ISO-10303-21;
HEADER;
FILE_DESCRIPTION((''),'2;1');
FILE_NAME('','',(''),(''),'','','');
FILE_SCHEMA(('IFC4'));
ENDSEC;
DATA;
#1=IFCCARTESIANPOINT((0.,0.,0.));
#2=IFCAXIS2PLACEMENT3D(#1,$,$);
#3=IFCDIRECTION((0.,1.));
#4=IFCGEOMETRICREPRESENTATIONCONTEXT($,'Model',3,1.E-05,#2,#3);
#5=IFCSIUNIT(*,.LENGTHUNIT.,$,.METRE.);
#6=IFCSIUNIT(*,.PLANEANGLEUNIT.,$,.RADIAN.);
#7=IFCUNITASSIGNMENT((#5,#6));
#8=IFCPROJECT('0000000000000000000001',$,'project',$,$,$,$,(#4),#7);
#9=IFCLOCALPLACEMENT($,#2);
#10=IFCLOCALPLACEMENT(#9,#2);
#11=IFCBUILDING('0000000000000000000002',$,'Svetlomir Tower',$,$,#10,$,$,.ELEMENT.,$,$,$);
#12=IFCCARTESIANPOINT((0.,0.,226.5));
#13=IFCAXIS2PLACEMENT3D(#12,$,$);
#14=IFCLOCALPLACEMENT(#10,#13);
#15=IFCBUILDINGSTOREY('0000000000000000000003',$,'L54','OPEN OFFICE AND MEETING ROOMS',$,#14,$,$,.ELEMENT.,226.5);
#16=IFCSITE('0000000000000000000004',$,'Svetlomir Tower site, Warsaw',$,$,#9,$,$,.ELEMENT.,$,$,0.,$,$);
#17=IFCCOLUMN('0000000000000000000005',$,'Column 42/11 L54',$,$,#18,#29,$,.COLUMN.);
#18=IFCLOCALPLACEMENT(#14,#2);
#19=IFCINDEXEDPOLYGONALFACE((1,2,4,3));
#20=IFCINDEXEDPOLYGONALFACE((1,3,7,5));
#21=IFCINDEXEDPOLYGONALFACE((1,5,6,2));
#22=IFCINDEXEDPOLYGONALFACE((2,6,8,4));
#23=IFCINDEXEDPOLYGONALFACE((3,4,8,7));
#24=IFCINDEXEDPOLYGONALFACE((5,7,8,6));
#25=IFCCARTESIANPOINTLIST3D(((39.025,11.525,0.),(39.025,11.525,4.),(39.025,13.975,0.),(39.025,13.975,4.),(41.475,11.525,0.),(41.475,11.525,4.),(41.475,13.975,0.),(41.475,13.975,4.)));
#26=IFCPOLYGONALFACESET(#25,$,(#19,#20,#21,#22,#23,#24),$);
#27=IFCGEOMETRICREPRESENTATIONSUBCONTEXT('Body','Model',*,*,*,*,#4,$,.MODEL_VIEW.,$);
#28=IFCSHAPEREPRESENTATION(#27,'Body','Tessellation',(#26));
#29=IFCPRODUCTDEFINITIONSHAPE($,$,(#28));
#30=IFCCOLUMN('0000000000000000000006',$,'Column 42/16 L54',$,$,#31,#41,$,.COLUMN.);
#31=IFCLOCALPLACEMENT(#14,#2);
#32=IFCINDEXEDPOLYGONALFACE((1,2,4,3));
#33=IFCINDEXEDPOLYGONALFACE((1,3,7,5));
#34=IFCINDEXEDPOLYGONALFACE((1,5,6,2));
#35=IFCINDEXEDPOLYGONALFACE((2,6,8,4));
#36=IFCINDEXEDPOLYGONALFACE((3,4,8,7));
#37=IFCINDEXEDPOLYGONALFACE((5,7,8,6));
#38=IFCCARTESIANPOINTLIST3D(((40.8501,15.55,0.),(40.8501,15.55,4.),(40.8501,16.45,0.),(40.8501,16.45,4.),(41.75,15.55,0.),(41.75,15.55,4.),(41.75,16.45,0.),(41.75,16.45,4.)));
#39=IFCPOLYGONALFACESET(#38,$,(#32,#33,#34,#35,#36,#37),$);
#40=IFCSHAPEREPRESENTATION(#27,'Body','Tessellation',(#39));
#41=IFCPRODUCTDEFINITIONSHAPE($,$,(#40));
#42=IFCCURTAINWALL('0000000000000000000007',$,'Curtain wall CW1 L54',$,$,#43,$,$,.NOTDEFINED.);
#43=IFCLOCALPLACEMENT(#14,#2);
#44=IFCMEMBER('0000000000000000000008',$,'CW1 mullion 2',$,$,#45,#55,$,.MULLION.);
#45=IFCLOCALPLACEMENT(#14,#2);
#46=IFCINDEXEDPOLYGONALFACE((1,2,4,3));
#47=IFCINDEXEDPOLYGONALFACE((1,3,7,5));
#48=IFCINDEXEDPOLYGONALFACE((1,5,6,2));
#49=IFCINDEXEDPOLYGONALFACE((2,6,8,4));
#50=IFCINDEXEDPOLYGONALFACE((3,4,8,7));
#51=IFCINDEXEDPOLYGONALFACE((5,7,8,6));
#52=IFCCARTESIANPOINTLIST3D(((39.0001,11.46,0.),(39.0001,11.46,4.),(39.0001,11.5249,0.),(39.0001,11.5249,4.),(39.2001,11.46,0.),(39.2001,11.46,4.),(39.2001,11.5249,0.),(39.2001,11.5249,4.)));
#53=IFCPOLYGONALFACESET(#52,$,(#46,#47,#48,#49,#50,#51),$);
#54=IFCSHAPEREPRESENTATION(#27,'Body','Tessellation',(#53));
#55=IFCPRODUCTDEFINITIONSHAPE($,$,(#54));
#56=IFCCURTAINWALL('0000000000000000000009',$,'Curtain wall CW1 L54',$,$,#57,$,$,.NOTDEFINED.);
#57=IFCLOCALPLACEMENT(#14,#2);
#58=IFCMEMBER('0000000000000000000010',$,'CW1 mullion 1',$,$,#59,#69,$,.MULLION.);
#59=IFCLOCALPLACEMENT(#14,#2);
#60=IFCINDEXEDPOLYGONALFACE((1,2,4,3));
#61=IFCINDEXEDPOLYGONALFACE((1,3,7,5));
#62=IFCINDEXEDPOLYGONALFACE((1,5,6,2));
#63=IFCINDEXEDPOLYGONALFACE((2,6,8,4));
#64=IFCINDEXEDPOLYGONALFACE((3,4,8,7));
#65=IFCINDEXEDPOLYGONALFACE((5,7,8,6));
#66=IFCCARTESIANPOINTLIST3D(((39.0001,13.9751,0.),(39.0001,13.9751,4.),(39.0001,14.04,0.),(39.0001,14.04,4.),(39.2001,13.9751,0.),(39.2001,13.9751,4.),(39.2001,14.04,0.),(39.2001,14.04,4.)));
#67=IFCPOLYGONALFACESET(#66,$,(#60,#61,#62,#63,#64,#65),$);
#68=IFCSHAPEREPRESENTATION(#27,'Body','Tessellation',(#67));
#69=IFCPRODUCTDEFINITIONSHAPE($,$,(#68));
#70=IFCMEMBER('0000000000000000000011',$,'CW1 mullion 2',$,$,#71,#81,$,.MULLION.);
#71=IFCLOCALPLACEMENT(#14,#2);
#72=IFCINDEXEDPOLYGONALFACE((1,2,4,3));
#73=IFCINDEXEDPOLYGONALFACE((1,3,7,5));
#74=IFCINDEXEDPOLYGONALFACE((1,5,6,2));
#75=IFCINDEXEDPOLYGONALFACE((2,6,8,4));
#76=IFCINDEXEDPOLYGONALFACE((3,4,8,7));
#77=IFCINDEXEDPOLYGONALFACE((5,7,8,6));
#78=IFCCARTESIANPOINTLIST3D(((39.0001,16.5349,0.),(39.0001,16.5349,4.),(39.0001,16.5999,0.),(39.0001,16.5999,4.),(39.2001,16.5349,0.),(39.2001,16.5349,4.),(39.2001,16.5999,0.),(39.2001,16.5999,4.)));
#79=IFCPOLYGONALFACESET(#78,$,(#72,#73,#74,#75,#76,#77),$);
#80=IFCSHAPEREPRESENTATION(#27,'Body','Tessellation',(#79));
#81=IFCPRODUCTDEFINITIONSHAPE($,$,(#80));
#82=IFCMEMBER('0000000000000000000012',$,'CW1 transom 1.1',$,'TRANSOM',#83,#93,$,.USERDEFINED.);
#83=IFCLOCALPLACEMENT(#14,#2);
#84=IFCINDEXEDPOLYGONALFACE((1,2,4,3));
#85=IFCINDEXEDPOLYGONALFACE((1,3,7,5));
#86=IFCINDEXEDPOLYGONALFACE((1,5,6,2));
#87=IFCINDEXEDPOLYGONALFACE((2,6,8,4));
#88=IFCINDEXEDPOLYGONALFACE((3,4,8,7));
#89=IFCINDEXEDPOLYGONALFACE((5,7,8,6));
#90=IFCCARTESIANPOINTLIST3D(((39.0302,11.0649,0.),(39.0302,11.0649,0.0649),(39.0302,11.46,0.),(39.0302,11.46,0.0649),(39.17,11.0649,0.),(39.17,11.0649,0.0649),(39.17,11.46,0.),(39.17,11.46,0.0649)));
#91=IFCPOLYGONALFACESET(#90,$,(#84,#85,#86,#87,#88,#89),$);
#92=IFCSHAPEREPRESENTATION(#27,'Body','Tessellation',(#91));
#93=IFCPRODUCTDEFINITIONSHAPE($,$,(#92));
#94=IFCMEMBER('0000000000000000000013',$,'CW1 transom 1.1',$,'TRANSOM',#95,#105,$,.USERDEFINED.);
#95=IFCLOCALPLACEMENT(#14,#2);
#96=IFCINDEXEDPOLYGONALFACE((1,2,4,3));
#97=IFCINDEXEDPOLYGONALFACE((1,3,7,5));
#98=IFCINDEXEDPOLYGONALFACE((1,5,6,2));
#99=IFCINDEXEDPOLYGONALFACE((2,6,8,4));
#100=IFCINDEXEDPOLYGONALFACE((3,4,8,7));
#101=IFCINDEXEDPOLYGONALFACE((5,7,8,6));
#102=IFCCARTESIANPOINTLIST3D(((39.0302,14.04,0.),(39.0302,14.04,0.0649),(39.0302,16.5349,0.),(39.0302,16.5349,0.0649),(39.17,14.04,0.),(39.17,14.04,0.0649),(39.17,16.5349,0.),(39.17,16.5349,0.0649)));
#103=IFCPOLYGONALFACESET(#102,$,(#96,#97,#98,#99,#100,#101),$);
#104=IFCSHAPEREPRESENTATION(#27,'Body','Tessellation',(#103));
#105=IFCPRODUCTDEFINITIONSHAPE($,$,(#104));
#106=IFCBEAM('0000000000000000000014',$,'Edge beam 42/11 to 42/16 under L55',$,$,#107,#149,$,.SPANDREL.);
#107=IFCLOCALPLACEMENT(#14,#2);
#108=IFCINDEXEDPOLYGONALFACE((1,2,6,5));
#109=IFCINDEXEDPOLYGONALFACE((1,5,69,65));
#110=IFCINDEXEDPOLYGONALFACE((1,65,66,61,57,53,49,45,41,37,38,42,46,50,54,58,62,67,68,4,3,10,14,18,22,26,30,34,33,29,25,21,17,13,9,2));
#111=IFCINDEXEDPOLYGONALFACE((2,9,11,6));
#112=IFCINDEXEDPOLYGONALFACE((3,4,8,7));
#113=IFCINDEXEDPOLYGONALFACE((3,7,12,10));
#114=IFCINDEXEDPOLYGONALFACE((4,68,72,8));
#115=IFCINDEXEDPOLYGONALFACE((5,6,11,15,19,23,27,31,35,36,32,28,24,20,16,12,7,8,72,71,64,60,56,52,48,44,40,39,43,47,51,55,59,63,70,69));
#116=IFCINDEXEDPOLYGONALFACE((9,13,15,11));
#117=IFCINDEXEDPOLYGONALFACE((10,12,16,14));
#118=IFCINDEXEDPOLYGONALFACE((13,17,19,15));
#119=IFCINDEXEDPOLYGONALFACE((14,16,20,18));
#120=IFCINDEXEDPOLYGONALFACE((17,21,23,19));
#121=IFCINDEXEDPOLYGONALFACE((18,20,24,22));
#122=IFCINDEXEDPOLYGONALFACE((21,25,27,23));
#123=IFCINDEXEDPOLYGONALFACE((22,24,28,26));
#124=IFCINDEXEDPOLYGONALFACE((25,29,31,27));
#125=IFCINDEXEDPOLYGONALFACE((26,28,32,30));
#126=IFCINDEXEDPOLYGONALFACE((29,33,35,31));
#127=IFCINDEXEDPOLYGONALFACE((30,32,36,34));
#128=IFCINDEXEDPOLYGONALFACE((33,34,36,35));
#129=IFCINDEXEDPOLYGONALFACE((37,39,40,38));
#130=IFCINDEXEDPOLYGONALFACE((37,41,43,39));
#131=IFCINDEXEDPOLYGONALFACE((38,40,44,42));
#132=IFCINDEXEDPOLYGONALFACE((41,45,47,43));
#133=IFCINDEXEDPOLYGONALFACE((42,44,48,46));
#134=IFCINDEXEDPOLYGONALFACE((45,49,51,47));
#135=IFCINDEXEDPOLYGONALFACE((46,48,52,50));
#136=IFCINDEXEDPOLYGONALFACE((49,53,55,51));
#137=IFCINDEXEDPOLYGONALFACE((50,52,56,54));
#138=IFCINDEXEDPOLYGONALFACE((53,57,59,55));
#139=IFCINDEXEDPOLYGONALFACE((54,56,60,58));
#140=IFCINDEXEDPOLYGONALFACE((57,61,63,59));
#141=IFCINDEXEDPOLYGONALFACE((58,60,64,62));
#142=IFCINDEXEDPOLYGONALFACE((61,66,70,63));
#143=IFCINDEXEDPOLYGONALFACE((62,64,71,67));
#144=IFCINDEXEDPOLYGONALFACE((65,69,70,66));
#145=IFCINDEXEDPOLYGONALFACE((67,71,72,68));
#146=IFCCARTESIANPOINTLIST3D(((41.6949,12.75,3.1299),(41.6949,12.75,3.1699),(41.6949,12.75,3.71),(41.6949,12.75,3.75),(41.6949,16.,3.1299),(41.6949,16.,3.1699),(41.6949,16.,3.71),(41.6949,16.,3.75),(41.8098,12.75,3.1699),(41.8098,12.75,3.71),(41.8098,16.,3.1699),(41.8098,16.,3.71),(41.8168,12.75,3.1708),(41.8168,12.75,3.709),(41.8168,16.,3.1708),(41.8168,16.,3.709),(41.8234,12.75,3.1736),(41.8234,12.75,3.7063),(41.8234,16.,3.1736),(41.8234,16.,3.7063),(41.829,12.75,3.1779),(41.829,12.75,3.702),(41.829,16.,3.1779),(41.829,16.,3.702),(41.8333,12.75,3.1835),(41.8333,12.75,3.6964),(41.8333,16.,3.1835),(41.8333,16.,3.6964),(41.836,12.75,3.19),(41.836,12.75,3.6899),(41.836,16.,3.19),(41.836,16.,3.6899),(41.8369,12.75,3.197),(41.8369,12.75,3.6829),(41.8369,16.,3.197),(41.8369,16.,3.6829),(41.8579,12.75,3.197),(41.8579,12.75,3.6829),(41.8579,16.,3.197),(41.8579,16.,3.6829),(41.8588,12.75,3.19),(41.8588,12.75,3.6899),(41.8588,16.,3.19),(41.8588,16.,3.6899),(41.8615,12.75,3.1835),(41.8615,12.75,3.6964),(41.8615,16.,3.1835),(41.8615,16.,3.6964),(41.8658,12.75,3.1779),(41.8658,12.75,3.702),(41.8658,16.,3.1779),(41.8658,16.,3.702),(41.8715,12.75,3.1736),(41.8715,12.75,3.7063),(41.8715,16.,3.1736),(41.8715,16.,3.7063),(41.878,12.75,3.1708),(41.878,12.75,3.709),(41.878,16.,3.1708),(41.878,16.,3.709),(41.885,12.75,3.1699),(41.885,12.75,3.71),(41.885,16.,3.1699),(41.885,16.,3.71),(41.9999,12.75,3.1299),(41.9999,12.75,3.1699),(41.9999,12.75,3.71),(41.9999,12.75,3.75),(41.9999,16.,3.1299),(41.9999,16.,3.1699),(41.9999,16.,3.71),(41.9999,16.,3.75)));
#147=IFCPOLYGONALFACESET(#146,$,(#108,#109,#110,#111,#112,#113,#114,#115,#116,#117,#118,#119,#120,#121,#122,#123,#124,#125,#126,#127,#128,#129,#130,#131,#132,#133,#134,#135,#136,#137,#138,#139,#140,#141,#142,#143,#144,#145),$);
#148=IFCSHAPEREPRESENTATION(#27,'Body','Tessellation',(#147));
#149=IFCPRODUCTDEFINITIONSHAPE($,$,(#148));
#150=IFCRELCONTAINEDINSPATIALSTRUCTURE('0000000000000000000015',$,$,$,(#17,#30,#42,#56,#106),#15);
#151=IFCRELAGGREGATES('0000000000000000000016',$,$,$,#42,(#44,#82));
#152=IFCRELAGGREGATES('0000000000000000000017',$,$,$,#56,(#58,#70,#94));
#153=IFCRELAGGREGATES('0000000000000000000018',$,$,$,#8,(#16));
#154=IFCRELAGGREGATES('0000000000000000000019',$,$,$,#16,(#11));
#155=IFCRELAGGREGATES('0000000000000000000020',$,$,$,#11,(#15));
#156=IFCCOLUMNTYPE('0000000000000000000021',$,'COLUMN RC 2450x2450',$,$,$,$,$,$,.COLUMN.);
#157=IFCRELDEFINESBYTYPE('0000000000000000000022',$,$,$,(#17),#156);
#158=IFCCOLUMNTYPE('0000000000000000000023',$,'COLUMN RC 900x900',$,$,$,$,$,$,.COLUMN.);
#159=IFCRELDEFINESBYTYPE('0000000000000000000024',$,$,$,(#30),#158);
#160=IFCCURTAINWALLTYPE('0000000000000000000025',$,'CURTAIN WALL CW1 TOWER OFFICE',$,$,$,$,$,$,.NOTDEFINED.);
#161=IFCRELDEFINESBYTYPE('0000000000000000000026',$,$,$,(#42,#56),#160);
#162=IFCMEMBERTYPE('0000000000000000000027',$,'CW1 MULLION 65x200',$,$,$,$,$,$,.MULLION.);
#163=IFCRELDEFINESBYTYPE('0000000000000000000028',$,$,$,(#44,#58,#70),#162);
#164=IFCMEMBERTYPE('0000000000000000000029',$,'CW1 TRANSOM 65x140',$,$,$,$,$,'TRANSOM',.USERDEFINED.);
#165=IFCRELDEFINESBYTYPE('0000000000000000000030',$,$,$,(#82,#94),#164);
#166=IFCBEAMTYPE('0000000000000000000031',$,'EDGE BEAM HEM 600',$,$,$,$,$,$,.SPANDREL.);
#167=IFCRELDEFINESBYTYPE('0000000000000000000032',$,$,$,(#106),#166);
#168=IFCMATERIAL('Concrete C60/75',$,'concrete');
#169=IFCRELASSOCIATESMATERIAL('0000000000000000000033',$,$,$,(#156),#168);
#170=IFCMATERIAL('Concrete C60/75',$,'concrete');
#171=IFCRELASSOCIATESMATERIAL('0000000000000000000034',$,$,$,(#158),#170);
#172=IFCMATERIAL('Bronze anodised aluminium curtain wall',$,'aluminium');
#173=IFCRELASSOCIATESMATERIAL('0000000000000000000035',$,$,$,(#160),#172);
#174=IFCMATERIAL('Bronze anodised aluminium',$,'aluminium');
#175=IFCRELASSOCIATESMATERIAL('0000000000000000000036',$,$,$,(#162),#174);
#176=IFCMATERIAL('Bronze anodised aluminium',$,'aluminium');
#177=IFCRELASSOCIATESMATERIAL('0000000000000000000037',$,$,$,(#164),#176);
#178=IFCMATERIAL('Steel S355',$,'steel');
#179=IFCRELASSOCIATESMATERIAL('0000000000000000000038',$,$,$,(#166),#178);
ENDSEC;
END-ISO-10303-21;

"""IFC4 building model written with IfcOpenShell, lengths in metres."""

from ifc_helpers import new_model, si_unit, direction, frame, origin, origin_2d, place, context, subcontext, project, spatial, rectangle, i_section, extrude, material, material_profile, profile_set, type_object, element, aggregate, save


model = new_model("IFC4")

# Units and contexts
model_context = context("Model", 3, precision=1e-05, world=origin(), true_north=direction((0.0, 1.0)))
body_context = subcontext(model_context, "Body", "Model", "MODEL_VIEW")
ifc_project = project(units=[si_unit("LENGTHUNIT", "METRE"), si_unit("PLANEANGLEUNIT", "RADIAN")], contexts=[model_context])

# Site, building, storey
site_placement = place(None, origin())
site = spatial("IfcSite", under=ifc_project, at=site_placement, Name="Svetlomir Tower site, Warsaw", CompositionType="ELEMENT", RefElevation=0.0)
building_placement = place(site_placement, origin())
building = spatial("IfcBuilding", under=site, at=building_placement, Name="Svetlomir Tower", CompositionType="ELEMENT")
storey_placement = place(building_placement, frame((0.0, 0.0, 226.5)))
storey = spatial("IfcBuildingStorey", under=building, at=storey_placement, Name="L54", Description="OPEN OFFICE AND MEETING ROOMS", CompositionType="ELEMENT", Elevation=226.5)

# Columns
ifc_material_1 = material(Name="Concrete C60/75", Category="concrete")
ifc_material_profile_1 = material_profile(ifc_material_1, rectangle(XDim=2.45, YDim=2.45, at=origin_2d()), Name="RC 2450x2450")
ifc_profile_set_1 = profile_set([ifc_material_profile_1], Name="Concrete C60/75")
column_type_1 = type_object("IfcColumnType", Name="COLUMN RC 2450x2450", PredefinedType="COLUMN", material=ifc_profile_set_1)
column_1_placement = place(storey_placement, frame((40.25, 12.75, 0.0), z_axis=(0.0, 0.0, 1.0), x_axis=(1.0, 0.0, 0.0)))
element("IfcColumn", 1, at=column_1_placement, inside=storey, type_object=column_type_1, Name="Column 42/11 L54", PredefinedType="COLUMN", context=body_context, shape_type="SweptSolid", body=[
    extrude(rectangle(XDim=2.45, YDim=2.45, at=origin_2d()), origin(), (0.0, 0.0, 1.0), 4.0),
])
ifc_material_2 = material(Name="Concrete C60/75", Category="concrete")
ifc_material_profile_2 = material_profile(ifc_material_2, rectangle(XDim=0.8999, YDim=0.8999, at=origin_2d()), Name="RC 900x900")
ifc_profile_set_2 = profile_set([ifc_material_profile_2], Name="Concrete C60/75")
column_type_2 = type_object("IfcColumnType", Name="COLUMN RC 900x900", PredefinedType="COLUMN", material=ifc_profile_set_2)
column_2_placement = place(storey_placement, frame((41.3, 16.0, 0.0), z_axis=(0.0, 0.0, 1.0), x_axis=(1.0, 0.0, 0.0)))
element("IfcColumn", 2, at=column_2_placement, inside=storey, type_object=column_type_2, Name="Column 42/16 L54", PredefinedType="COLUMN", context=body_context, shape_type="SweptSolid", body=[
    extrude(rectangle(XDim=0.8999, YDim=0.8999, at=origin_2d()), origin(), (0.0, 0.0, 1.0), 4.0),
])

# Curtain wall, member
ifc_material_3 = material(Name="Bronze anodised aluminium curtain wall", Category="aluminium")
curtain_wall_type = type_object("IfcCurtainWallType", Name="CURTAIN WALL CW1 TOWER OFFICE", PredefinedType="NOTDEFINED", material=ifc_material_3)
curtain_wall_1_placement = place(storey_placement, origin())
curtain_wall_1 = element("IfcCurtainWall", 3, at=curtain_wall_1_placement, inside=storey, type_object=curtain_wall_type, Name="Curtain wall CW1 L54", PredefinedType="NOTDEFINED")
ifc_material_4 = material(Name="Bronze anodised aluminium", Category="aluminium")
ifc_material_profile_3 = material_profile(ifc_material_4, rectangle(XDim=0.0649, YDim=0.2, at=origin_2d()), Name="AL 65x200")
ifc_profile_set_3 = profile_set([ifc_material_profile_3], Name="Bronze anodised aluminium 6063-T6")
member_type_1 = type_object("IfcMemberType", Name="CW1 MULLION 65x200", PredefinedType="MULLION", material=ifc_profile_set_3)
member_1_placement = place(storey_placement, frame((39.1001, 11.4924, 0.0), z_axis=(0.0, 0.0, 1.0), x_axis=(0.0, 1.0, 0.0)))
member_1 = element("IfcMember", 4, at=member_1_placement, type_object=member_type_1, Name="CW1 mullion 2", PredefinedType="MULLION", context=body_context, shape_type="SweptSolid", body=[
    extrude(rectangle(XDim=0.0649, YDim=0.2, at=origin_2d()), origin(), (0.0, 0.0, 1.0), 4.0),
])

# Curtain wall, members
curtain_wall_2_placement = place(storey_placement, origin())
curtain_wall_2 = element("IfcCurtainWall", 5, at=curtain_wall_2_placement, inside=storey, type_object=curtain_wall_type, Name="Curtain wall CW1 L54", PredefinedType="NOTDEFINED")
member_2_placement = place(storey_placement, frame((39.1001, 14.0076, 0.0), z_axis=(0.0, 0.0, 1.0), x_axis=(0.0, 1.0, 0.0)))
member_2 = element("IfcMember", 6, at=member_2_placement, type_object=member_type_1, Name="CW1 mullion 1", PredefinedType="MULLION", context=body_context, shape_type="SweptSolid", body=[
    extrude(rectangle(XDim=0.0649, YDim=0.2, at=origin_2d()), origin(), (0.0, 0.0, 1.0), 4.0),
])
member_3_placement = place(storey_placement, frame((39.1001, 16.5674, 0.0), z_axis=(0.0, 0.0, 1.0), x_axis=(0.0, 1.0, 0.0)))
member_3 = element("IfcMember", 7, at=member_3_placement, type_object=member_type_1, Name="CW1 mullion 2", PredefinedType="MULLION", context=body_context, shape_type="SweptSolid", body=[
    extrude(rectangle(XDim=0.0649, YDim=0.2, at=origin_2d()), origin(), (0.0, 0.0, 1.0), 4.0),
])

# Members
ifc_material_5 = material(Name="Bronze anodised aluminium", Category="aluminium")
ifc_material_profile_4 = material_profile(ifc_material_5, rectangle(XDim=0.1399, YDim=0.0649, at=origin_2d()), Name="AL 140x65")
ifc_profile_set_4 = profile_set([ifc_material_profile_4], Name="Bronze anodised aluminium 6063-T6")
member_type_2 = type_object("IfcMemberType", Name="CW1 TRANSOM 65x140", ElementType="TRANSOM", PredefinedType="USERDEFINED", material=ifc_profile_set_4)
member_4_placement = place(storey_placement, frame((39.1001, 11.0649, 0.0325), z_axis=(0.0, 1.0, 0.0), x_axis=(-1.0, 0.0, 0.0)))
member_4 = element("IfcMember", 8, at=member_4_placement, type_object=member_type_2, Name="CW1 transom 1.1", ObjectType="TRANSOM", PredefinedType="USERDEFINED", context=body_context, shape_type="SweptSolid", body=[
    extrude(rectangle(XDim=0.1399, YDim=0.0649, at=origin_2d()), origin(), (0.0, 0.0, 1.0), 0.395),
])
member_5_placement = place(storey_placement, frame((39.1001, 14.04, 0.0325), z_axis=(0.0, 1.0, 0.0), x_axis=(-1.0, 0.0, 0.0)))
member_5 = element("IfcMember", 9, at=member_5_placement, type_object=member_type_2, Name="CW1 transom 1.1", ObjectType="TRANSOM", PredefinedType="USERDEFINED", context=body_context, shape_type="SweptSolid", body=[
    extrude(rectangle(XDim=0.1399, YDim=0.0649, at=origin_2d()), origin(), (0.0, 0.0, 1.0), 2.4949),
])

# Beam
ifc_material_6 = material(Name="Steel S355", Category="steel")
ifc_material_profile_5 = material_profile(ifc_material_6, i_section(OverallWidth=0.3049, OverallDepth=0.6201, WebThickness=0.021, FlangeThickness=0.04, FilletRadius=0.0271, at=origin_2d()), Name="HEM 600")
ifc_profile_set_5 = profile_set([ifc_material_profile_5], Name="Steel S355")
beam_type_1 = type_object("IfcBeamType", Name="EDGE BEAM HEM 600", PredefinedType="SPANDREL", material=ifc_profile_set_5)
beam_1_placement = place(storey_placement, frame((41.8474, 12.75, 3.4399), z_axis=(0.0, 1.0, 0.0), x_axis=(-1.0, 0.0, 0.0)))
element("IfcBeam", 10, at=beam_1_placement, inside=storey, type_object=beam_type_1, Name="Edge beam 42/11 to 42/16 under L55", PredefinedType="SPANDREL", context=body_context, shape_type="SweptSolid", body=[
    extrude(i_section(OverallWidth=0.3049, OverallDepth=0.6201, WebThickness=0.021, FlangeThickness=0.04, FilletRadius=0.0271, at=origin_2d()), origin(), (0.0, 0.0, 1.0), 3.25),
])

aggregate(curtain_wall_1, [member_1, member_4])
aggregate(curtain_wall_2, [member_2, member_3, member_5])

save(model, "model.ifc")
